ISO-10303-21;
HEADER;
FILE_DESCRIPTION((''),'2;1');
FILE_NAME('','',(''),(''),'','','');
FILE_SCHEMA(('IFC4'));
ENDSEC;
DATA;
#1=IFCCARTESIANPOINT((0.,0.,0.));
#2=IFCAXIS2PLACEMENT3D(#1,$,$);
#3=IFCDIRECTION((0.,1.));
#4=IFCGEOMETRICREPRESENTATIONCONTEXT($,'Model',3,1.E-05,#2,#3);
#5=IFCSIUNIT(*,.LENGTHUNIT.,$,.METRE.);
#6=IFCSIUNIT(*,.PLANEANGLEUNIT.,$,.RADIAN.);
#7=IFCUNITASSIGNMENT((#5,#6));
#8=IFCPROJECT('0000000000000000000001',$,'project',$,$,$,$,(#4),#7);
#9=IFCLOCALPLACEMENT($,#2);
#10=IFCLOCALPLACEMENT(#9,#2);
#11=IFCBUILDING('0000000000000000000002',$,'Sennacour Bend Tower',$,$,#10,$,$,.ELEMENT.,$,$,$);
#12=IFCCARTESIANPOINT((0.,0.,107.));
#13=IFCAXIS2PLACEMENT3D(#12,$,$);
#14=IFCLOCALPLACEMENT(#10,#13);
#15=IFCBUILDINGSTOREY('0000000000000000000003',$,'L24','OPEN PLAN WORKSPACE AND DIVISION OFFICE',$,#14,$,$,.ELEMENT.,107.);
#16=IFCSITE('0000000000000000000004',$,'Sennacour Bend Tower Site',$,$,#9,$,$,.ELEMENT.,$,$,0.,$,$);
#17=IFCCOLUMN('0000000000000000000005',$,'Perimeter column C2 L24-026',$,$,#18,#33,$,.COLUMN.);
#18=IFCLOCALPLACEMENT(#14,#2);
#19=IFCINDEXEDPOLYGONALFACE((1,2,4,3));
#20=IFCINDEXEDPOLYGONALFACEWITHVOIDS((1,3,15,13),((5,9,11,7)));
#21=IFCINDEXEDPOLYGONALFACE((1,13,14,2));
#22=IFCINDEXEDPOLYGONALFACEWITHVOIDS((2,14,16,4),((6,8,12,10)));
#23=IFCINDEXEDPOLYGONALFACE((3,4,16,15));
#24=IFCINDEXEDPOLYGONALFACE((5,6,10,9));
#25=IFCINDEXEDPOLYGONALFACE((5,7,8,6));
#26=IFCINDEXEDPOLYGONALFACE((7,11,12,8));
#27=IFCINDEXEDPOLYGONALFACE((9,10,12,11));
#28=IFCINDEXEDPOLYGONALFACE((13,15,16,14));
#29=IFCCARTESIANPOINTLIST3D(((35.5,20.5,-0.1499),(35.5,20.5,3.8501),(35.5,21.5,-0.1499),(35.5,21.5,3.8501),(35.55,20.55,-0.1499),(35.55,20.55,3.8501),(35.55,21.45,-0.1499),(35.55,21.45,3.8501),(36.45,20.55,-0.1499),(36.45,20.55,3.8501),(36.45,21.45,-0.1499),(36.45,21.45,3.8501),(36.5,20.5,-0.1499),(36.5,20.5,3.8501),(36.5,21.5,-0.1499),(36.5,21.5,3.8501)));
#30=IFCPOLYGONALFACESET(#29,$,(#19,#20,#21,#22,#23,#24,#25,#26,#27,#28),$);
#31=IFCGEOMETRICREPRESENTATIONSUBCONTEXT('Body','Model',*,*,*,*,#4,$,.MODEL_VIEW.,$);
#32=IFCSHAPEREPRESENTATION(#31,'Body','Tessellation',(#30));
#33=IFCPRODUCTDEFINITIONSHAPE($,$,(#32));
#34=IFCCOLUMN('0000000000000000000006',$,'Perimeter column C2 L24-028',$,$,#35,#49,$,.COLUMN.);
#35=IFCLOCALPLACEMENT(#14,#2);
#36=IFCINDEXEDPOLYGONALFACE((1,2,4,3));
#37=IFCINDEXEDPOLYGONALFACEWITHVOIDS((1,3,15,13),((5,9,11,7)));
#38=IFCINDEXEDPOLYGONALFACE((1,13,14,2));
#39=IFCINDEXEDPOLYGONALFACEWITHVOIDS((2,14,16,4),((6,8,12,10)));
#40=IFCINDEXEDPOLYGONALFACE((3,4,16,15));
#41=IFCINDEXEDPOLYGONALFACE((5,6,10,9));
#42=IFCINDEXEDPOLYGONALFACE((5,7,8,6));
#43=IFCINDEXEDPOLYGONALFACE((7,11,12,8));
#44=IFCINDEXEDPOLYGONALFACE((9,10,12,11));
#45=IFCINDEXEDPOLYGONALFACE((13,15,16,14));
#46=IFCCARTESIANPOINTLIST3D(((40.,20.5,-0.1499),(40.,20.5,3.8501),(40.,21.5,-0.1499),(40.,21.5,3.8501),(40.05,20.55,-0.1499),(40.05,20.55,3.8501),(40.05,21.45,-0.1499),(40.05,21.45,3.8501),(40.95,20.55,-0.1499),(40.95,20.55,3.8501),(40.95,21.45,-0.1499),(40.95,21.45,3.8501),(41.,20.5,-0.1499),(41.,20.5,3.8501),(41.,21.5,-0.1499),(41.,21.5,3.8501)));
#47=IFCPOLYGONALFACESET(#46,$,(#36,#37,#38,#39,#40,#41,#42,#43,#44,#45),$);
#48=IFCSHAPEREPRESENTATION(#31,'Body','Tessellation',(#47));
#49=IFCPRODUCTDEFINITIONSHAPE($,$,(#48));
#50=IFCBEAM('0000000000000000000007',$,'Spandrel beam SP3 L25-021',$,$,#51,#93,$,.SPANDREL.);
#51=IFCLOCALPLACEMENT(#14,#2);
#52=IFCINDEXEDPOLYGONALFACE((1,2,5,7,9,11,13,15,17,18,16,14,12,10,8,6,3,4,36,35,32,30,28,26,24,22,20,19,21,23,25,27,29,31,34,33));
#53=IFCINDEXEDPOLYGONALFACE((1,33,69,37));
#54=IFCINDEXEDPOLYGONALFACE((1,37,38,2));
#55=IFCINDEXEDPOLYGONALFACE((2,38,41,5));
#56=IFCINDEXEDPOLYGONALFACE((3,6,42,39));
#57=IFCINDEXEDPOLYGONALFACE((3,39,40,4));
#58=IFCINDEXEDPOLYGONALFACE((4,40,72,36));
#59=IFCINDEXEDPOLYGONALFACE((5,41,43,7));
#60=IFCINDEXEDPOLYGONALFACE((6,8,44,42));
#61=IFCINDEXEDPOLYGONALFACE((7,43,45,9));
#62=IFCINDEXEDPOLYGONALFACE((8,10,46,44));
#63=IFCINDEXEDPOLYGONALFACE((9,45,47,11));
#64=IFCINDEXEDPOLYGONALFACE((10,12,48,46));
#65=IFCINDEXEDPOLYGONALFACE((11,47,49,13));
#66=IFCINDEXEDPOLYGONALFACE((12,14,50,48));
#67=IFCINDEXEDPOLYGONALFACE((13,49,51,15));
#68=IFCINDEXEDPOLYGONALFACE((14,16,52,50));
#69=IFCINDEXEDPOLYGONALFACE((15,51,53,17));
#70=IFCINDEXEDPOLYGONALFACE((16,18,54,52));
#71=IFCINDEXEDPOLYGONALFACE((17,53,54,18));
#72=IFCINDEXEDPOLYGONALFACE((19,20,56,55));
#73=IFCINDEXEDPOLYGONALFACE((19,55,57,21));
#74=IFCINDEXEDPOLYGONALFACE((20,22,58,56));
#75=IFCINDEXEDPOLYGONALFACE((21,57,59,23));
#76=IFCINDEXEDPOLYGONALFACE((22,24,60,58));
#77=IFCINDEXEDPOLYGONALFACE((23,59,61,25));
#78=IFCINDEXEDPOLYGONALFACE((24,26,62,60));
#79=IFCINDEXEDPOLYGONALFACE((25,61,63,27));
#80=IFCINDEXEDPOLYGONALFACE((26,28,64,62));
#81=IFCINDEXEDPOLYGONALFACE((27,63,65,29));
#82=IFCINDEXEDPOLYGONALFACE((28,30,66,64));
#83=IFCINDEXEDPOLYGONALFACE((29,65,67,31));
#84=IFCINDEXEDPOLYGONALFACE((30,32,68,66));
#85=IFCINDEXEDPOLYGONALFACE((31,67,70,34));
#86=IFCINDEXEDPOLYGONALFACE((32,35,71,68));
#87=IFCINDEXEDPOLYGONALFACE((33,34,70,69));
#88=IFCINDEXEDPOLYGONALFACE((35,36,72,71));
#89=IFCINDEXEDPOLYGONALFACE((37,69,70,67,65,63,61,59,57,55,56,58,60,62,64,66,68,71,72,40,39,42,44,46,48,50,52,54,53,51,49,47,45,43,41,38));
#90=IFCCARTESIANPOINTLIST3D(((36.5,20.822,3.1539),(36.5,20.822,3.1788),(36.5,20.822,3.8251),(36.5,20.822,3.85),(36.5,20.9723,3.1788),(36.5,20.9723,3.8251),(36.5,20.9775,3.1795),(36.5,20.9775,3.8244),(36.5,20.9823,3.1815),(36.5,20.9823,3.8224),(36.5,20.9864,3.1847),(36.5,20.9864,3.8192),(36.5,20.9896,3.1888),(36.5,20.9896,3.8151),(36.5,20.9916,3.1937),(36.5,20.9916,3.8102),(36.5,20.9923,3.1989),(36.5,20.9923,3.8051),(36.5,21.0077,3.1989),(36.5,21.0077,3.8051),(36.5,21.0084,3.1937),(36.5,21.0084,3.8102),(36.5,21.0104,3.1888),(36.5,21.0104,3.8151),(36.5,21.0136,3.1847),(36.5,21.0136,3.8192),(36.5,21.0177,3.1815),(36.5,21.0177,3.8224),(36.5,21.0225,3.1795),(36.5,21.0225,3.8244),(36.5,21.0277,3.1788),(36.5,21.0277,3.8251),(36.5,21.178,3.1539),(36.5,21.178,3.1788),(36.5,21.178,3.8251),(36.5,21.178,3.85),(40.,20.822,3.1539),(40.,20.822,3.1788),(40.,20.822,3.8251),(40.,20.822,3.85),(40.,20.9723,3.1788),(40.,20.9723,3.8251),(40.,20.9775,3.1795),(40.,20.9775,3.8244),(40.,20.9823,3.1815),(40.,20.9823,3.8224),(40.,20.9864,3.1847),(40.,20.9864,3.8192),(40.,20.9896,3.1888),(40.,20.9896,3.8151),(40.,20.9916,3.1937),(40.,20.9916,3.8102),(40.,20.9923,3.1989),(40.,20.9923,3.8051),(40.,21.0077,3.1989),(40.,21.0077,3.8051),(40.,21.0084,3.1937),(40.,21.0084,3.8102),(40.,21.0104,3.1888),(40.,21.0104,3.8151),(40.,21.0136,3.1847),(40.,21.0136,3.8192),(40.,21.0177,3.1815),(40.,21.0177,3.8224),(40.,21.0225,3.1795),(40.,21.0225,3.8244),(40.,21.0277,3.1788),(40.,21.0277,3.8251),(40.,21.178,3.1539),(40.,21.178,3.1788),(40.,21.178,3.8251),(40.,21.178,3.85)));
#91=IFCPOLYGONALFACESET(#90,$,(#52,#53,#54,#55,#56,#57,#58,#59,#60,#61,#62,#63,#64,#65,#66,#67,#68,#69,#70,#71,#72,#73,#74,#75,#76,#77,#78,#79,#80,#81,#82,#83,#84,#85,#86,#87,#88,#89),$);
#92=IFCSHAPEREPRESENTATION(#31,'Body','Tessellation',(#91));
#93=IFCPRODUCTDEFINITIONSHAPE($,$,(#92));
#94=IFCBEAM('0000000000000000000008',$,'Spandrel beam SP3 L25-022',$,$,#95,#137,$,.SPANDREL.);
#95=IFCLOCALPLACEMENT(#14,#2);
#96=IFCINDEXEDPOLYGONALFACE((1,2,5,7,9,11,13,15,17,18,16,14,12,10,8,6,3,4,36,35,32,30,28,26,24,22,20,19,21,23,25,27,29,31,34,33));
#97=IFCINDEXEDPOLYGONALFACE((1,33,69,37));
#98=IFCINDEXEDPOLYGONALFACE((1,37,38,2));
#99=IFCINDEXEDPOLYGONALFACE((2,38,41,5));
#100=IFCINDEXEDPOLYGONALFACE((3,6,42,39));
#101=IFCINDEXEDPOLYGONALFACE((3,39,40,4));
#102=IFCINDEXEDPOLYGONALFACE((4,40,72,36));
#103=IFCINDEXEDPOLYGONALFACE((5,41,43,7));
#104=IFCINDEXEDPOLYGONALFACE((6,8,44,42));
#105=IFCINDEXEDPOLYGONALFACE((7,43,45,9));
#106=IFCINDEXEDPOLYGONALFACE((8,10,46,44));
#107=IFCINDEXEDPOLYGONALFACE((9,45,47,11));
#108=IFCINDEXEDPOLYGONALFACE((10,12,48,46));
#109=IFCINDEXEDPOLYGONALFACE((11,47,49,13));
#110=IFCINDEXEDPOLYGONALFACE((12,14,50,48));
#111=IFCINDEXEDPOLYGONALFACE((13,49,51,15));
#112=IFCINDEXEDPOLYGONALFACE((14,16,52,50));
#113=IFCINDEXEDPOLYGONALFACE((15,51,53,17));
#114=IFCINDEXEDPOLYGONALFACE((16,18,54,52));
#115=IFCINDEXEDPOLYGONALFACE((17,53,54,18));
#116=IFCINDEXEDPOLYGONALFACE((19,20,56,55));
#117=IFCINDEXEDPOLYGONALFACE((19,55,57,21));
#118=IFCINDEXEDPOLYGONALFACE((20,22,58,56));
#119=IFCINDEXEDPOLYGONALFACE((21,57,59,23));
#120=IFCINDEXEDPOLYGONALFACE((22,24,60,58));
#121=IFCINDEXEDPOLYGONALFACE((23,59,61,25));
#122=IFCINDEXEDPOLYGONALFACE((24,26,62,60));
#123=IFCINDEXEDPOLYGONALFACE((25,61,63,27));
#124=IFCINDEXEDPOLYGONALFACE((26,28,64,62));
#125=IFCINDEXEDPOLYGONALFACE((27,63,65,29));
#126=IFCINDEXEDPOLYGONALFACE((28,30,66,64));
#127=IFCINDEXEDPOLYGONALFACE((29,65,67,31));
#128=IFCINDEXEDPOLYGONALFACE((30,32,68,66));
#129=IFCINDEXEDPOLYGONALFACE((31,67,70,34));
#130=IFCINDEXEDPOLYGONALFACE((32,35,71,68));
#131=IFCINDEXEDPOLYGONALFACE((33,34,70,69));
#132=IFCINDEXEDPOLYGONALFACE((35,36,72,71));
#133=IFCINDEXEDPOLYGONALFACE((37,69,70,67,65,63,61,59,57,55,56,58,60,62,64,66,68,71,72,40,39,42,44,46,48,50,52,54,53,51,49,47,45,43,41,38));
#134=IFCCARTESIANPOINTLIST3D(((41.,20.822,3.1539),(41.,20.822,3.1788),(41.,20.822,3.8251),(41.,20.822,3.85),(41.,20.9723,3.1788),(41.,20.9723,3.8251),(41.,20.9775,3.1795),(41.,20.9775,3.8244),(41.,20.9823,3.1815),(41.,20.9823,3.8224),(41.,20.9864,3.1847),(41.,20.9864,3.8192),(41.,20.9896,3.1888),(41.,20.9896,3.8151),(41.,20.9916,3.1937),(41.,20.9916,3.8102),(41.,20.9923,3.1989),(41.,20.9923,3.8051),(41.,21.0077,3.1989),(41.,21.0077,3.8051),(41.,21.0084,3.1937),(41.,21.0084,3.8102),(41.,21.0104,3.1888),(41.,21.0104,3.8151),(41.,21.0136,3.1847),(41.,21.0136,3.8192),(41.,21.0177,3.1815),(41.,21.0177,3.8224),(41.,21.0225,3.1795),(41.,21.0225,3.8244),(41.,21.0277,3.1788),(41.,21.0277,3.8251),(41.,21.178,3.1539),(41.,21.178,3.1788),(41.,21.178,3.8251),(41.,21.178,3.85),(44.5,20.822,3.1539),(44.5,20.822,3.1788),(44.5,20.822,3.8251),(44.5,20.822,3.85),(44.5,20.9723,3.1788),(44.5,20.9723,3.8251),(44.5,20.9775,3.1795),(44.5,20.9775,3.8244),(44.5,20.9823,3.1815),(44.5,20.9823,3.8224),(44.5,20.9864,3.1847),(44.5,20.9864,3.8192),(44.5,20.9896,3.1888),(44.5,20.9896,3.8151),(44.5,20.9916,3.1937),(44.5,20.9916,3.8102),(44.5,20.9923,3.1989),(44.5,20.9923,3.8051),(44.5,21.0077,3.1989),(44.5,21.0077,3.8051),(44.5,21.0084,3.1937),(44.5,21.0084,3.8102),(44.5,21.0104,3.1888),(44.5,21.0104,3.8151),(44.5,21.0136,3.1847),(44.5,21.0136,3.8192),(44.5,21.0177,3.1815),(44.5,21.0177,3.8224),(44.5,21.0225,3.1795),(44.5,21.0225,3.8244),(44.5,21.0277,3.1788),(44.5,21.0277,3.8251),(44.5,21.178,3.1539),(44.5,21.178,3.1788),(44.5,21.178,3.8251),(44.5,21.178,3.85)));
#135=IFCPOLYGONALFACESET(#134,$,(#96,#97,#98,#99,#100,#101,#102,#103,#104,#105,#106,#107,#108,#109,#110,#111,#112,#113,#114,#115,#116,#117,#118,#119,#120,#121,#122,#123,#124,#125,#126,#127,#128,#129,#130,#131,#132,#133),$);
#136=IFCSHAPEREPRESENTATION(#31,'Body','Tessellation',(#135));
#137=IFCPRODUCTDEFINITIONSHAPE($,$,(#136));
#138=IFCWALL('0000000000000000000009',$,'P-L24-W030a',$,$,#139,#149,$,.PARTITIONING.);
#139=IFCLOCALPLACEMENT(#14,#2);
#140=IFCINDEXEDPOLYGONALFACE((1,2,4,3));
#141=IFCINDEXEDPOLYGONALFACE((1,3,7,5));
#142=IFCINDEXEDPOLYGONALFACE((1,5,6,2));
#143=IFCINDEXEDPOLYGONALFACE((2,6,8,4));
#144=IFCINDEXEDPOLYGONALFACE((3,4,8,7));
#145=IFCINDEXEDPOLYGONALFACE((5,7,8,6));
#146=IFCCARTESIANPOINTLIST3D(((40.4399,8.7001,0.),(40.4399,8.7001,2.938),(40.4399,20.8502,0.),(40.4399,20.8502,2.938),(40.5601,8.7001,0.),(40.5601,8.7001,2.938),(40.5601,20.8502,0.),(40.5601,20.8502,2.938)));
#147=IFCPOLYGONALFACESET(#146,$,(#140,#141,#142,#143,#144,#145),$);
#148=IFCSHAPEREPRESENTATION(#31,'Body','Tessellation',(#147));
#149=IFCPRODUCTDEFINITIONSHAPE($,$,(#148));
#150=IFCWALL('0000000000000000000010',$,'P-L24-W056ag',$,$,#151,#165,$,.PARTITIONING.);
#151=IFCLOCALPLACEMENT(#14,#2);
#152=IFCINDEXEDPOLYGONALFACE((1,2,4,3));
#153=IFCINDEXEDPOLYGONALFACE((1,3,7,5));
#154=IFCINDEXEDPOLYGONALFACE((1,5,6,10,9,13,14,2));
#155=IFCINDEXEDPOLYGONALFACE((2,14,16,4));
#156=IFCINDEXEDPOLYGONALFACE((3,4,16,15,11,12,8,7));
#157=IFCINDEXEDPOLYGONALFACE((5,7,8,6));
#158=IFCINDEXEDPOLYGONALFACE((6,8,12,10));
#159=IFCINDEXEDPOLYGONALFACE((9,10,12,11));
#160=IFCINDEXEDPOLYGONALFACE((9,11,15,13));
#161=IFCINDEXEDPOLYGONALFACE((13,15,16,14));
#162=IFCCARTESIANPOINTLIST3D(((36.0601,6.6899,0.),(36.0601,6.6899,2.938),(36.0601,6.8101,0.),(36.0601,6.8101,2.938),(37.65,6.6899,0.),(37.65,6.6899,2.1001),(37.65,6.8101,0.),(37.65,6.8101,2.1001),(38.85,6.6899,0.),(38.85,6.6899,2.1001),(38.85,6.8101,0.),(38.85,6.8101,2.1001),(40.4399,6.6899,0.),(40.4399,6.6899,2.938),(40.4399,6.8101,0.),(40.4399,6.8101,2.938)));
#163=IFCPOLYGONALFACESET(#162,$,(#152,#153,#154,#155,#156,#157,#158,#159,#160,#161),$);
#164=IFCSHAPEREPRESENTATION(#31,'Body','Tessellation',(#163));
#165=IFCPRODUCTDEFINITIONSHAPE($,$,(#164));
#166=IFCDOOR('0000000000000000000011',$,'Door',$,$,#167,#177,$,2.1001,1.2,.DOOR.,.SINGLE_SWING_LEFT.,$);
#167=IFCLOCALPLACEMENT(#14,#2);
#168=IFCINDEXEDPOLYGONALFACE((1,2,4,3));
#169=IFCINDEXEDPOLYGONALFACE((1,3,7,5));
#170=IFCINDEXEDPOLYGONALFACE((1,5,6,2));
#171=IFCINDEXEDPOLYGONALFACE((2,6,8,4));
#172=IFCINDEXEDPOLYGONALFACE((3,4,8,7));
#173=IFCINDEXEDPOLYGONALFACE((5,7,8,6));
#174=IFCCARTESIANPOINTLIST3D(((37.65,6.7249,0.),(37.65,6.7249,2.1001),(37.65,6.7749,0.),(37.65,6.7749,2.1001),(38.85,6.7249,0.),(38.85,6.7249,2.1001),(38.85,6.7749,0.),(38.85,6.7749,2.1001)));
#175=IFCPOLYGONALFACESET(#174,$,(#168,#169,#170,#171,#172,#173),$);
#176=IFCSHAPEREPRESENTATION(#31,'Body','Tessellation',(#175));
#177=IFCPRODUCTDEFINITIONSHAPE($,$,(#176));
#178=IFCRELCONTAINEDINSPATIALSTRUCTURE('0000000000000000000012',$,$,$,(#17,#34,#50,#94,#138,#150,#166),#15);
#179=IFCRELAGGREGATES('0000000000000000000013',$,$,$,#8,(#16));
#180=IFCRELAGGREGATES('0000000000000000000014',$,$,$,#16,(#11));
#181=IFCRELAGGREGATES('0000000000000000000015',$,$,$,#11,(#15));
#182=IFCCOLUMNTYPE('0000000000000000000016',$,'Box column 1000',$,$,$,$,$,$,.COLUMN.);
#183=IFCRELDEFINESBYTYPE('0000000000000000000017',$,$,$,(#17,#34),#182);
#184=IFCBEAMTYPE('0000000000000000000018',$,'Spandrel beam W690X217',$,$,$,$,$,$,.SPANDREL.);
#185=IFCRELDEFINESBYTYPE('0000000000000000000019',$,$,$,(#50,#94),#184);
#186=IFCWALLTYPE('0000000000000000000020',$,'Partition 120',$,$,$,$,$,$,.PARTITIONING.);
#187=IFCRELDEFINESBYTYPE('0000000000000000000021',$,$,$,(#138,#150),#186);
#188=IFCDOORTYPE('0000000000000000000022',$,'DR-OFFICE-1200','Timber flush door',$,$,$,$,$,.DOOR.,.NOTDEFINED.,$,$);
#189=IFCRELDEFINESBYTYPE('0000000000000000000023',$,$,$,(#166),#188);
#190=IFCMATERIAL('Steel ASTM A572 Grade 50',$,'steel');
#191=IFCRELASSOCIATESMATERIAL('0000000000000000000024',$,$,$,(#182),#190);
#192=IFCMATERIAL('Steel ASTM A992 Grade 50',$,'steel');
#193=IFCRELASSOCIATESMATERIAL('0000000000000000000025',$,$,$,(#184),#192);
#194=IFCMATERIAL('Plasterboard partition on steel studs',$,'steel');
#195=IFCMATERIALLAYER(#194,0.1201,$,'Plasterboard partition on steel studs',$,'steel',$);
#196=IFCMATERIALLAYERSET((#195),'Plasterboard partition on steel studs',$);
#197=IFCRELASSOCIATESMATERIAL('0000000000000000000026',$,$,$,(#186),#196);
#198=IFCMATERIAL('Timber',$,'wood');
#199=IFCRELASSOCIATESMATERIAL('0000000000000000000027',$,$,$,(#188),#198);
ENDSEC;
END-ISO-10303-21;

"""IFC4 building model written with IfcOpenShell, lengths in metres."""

from ifc_helpers import new_model, si_unit, direction, frame, frame_2d, origin, origin_2d, place, context, subcontext, project, spatial, rectangle, hollow_rectangle, i_section, extrude, material, layer, layer_set, material_profile, profile_set, type_object, element, fill, save


model = new_model("IFC4")

# Units and contexts
model_context = context("Model", 3, precision=1e-05, world=origin(), true_north=direction((0.0, 1.0)))
body_context = subcontext(model_context, "Body", "Model", "MODEL_VIEW")
ifc_project = project(units=[si_unit("LENGTHUNIT", "METRE"), si_unit("PLANEANGLEUNIT", "RADIAN")], contexts=[model_context])

# Site, building, storey
site_placement = place(None, origin())
site = spatial("IfcSite", under=ifc_project, at=site_placement, Name="Sennacour Bend Tower Site", CompositionType="ELEMENT", RefElevation=0.0)
building_placement = place(site_placement, origin())
building = spatial("IfcBuilding", under=site, at=building_placement, Name="Sennacour Bend Tower", CompositionType="ELEMENT")
storey_placement = place(building_placement, frame((0.0, 0.0, 107.0)))
storey = spatial("IfcBuildingStorey", under=building, at=storey_placement, Name="L24", Description="OPEN PLAN WORKSPACE AND DIVISION OFFICE", CompositionType="ELEMENT", Elevation=107.0)

# Columns
ifc_material_1 = material(Name="Steel ASTM A572 Grade 50", Category="steel")
ifc_material_profile_1 = material_profile(ifc_material_1, hollow_rectangle(XDim=1.0, YDim=1.0, WallThickness=0.05, at=origin_2d()), Name="Steel ASTM A572 Grade 50", Category="steel")
ifc_profile_set_1 = profile_set([ifc_material_profile_1], Name="Steel ASTM A572 Grade 50")
column_type = type_object("IfcColumnType", Name="Box column 1000", PredefinedType="COLUMN", material=ifc_profile_set_1)
for number, where, z_axis, x_axis, name in (
    (1, (36.0, 21.0, -0.1499), (0.0, 0.0, 1.0), (1.0, 0.0, 0.0), "Perimeter column C2 L24-026"),
    (2, (40.5, 21.0, -0.1499), (0.0, 0.0, 1.0), (1.0, 0.0, 0.0), "Perimeter column C2 L24-028"),
):
    element("IfcColumn", number, at=place(storey_placement, frame(where, z_axis=z_axis, x_axis=x_axis)), inside=storey, type_object=column_type, Name=name, PredefinedType="COLUMN", context=body_context, shape_type="SweptSolid", body=[
        extrude(hollow_rectangle(XDim=1.0, YDim=1.0, WallThickness=0.05, at=origin_2d()), origin(), (0.0, 0.0, 1.0), 4.0),
    ])

# Beams
ifc_material_2 = material(Name="Steel ASTM A992 Grade 50", Category="steel")
ifc_material_profile_2 = material_profile(ifc_material_2, i_section(OverallWidth=0.356, OverallDepth=0.696, WebThickness=0.0154, FlangeThickness=0.0249, FilletRadius=0.02, at=origin_2d()), Name="Steel ASTM A992 Grade 50", Category="steel")
ifc_profile_set_2 = profile_set([ifc_material_profile_2], Name="Steel ASTM A992 Grade 50")
beam_type = type_object("IfcBeamType", Name="Spandrel beam W690X217", PredefinedType="SPANDREL", material=ifc_profile_set_2)
for number, where, z_axis, x_axis, name in (
    (3, (36.5, 21.0, 3.502), (1.0, 0.0, 0.0), (0.0, 1.0, 0.0), "Spandrel beam SP3 L25-021"),
    (4, (41.0, 21.0, 3.502), (1.0, 0.0, 0.0), (0.0, 1.0, 0.0), "Spandrel beam SP3 L25-022"),
):
    element("IfcBeam", number, at=place(storey_placement, frame(where, z_axis=z_axis, x_axis=x_axis)), inside=storey, type_object=beam_type, Name=name, PredefinedType="SPANDREL", context=body_context, shape_type="SweptSolid", body=[
        extrude(i_section(OverallWidth=0.356, OverallDepth=0.696, WebThickness=0.0154, FlangeThickness=0.0249, FilletRadius=0.02, at=origin_2d()), origin(), (0.0, 0.0, 1.0), 3.5),
    ])

# Wall
ifc_material_3 = material(Name="Plasterboard partition on steel studs", Category="steel")
ifc_layer_1 = layer(ifc_material_3, 0.1201, Name="Plasterboard partition on steel studs", Category="steel")
ifc_layer_set_1 = layer_set([ifc_layer_1], Name="Plasterboard partition on steel studs")
wall_type_1 = type_object("IfcWallType", Name="Partition 120", PredefinedType="PARTITIONING", material=ifc_layer_set_1)
wall_1_placement = place(storey_placement, frame((40.5, 8.7, 0.0), z_axis=(0.0, 0.0, 1.0), x_axis=(0.0, 1.0, 0.0)))
element("IfcWall", 5, at=wall_1_placement, inside=storey, type_object=wall_type_1, Name="P-L24-W030a", PredefinedType="PARTITIONING", context=body_context, shape_type="SweptSolid", body=[
    extrude(rectangle(XDim=12.1501, YDim=0.1201, at=frame_2d((6.0752, 0.0))), origin(), (0.0, 0.0, 1.0), 2.938),
])

# Wall, opening, door
wall_2_placement = place(storey_placement, frame((36.0601, 6.75, 0.0), z_axis=(0.0, 0.0, 1.0), x_axis=(1.0, 0.0, 0.0)))
wall_2 = element("IfcWall", 6, at=wall_2_placement, inside=storey, type_object=wall_type_1, Name="P-L24-W056ag", PredefinedType="PARTITIONING", context=body_context, shape_type="SweptSolid", body=[
    extrude(rectangle(XDim=4.3799, YDim=0.1201, at=frame_2d((2.1899, 0.0))), origin(), (0.0, 0.0, 1.0), 2.938),
])
opening_1_placement = place(wall_2_placement, frame((1.5898, 0.0, 0.0)))
opening_1 = element("IfcOpeningElement", 7, at=opening_1_placement, cuts=wall_2, PredefinedType="OPENING", context=body_context, shape_type="SweptSolid", body=[
    extrude(rectangle(XDim=1.2, YDim=2.1001, at=frame_2d((0.6001, 1.05))), frame((0.0, 0.0701, 0.0), z_axis=(0.0, -1.0, 0.0), x_axis=(1.0, 0.0, 0.0)), (0.0, 0.0, 1.0), 0.1401),
])
ifc_material_4 = material(Name="Timber", Category="wood")
door_type_1 = type_object("IfcDoorType", Name="DR-OFFICE-1200", Description="Timber flush door", OperationType="NOTDEFINED", PredefinedType="DOOR", material=ifc_material_4)
door_1_placement = place(opening_1_placement, origin())
door_1 = element("IfcDoor", 8, at=door_1_placement, inside=storey, type_object=door_type_1, Name="Door", OperationType="SINGLE_SWING_LEFT", OverallHeight=2.1001, OverallWidth=1.2, PredefinedType="DOOR", context=body_context, shape_type="SweptSolid", body=[
    extrude(rectangle(XDim=1.2, YDim=2.1001, at=frame_2d((0.6001, 1.05))), frame((0.0, 0.0249, 0.0), z_axis=(0.0, -1.0, 0.0), x_axis=(1.0, 0.0, 0.0)), (0.0, 0.0, 1.0), 0.05),
])
fill(opening_1, door_1)

save(model, "model.ifc")
